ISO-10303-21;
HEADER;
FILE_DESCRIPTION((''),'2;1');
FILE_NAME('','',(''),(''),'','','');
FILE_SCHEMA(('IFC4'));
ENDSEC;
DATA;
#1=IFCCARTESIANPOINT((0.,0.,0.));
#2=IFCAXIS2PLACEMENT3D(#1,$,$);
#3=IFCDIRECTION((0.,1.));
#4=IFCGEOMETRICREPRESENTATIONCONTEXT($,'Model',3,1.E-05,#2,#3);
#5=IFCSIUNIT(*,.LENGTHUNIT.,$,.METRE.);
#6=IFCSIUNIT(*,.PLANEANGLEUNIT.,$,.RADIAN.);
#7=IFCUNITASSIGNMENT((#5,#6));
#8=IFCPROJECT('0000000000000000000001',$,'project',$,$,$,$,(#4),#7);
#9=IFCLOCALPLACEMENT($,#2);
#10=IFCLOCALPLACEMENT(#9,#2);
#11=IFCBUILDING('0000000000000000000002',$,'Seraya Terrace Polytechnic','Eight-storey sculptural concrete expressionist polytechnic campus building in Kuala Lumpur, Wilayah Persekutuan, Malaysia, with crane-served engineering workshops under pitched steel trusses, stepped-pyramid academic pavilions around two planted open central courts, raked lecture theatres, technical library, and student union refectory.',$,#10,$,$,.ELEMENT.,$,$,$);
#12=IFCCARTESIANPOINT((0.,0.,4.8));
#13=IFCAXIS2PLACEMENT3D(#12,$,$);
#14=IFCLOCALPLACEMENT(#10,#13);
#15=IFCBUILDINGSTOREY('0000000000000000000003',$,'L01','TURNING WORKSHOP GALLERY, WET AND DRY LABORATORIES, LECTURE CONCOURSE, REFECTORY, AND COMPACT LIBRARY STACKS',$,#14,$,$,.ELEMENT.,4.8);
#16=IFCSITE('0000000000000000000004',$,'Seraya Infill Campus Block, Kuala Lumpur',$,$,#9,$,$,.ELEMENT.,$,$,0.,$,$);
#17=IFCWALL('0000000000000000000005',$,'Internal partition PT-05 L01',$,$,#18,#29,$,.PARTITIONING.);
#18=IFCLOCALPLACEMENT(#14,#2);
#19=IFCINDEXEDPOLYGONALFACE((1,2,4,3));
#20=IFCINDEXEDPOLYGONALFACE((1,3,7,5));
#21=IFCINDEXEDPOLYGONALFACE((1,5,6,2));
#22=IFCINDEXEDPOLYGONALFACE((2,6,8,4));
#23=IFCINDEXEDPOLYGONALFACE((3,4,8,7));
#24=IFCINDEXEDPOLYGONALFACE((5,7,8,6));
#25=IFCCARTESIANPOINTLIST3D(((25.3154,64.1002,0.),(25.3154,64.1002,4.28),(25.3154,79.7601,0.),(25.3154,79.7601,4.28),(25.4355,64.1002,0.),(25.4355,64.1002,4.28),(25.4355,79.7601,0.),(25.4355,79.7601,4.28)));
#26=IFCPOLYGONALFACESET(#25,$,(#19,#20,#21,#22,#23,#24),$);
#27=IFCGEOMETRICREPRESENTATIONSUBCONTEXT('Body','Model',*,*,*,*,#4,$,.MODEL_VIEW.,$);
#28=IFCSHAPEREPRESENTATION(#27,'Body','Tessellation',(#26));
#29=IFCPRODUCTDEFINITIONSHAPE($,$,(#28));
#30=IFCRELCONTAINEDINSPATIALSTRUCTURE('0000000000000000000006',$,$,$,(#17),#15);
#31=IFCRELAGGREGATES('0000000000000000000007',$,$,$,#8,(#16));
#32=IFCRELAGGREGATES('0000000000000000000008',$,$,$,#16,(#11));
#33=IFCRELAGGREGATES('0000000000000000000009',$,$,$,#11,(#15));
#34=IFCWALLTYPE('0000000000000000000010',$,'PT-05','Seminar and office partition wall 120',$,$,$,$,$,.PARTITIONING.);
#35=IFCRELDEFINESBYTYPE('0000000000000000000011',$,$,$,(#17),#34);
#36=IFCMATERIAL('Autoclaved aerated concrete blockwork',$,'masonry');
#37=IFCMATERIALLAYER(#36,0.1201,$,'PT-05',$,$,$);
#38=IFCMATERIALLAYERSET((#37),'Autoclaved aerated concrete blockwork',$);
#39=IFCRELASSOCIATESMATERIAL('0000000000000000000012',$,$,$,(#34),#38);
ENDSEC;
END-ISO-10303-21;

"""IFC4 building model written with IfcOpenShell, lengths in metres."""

from ifc_helpers import new_model, si_unit, direction, frame, frame_2d, origin, place, context, subcontext, project, spatial, rectangle, extrude, material, layer, layer_set, type_object, element, save


model = new_model("IFC4")

# Units and contexts
model_context = context("Model", 3, precision=1e-05, world=origin(), true_north=direction((0.0, 1.0)))
body_context = subcontext(model_context, "Body", "Model", "MODEL_VIEW")
ifc_project = project(units=[si_unit("LENGTHUNIT", "METRE"), si_unit("PLANEANGLEUNIT", "RADIAN")], contexts=[model_context])

# Site, building, storey
site_placement = place(None, origin())
site = spatial("IfcSite", under=ifc_project, at=site_placement, Name="Seraya Infill Campus Block, Kuala Lumpur", CompositionType="ELEMENT", RefElevation=0.0)
building_placement = place(site_placement, origin())
building = spatial("IfcBuilding", under=site, at=building_placement, Name="Seraya Terrace Polytechnic", Description="Eight-storey sculptural concrete expressionist polytechnic campus building in Kuala Lumpur, Wilayah Persekutuan, Malaysia, with crane-served engineering workshops under pitched steel trusses, stepped-pyramid academic pavilions around two planted open central courts, raked lecture theatres, technical library, and student union refectory.", CompositionType="ELEMENT")
storey_placement = place(building_placement, frame((0.0, 0.0, 4.8)))
storey = spatial("IfcBuildingStorey", under=building, at=storey_placement, Name="L01", Description="TURNING WORKSHOP GALLERY, WET AND DRY LABORATORIES, LECTURE CONCOURSE, REFECTORY, AND COMPACT LIBRARY STACKS", CompositionType="ELEMENT", Elevation=4.8)

# Shared definitions
ifc_material_1 = material(Name="Autoclaved aerated concrete blockwork", Category="masonry")

# Wall
ifc_layer_1 = layer(ifc_material_1, 0.1201, Name="PT-05")
ifc_layer_set_1 = layer_set([ifc_layer_1], Name="Autoclaved aerated concrete blockwork")
wall_type_1 = type_object("IfcWallType", Name="PT-05", Description="Seminar and office partition wall 120", PredefinedType="PARTITIONING", material=ifc_layer_set_1)
wall_1_placement = place(storey_placement, frame((25.3755, 64.1001, 0.0), z_axis=(0.0, 0.0, 1.0), x_axis=(0.0, 1.0, 0.0)))
element("IfcWall", 1, at=wall_1_placement, inside=storey, type_object=wall_type_1, Name="Internal partition PT-05 L01", PredefinedType="PARTITIONING", context=body_context, shape_type="SweptSolid", body=[
    extrude(rectangle(XDim=15.6599, YDim=0.1201, at=frame_2d((7.8301, 0.0))), origin(), (0.0, 0.0, 1.0), 4.28),
])

save(model, "model.ifc")
